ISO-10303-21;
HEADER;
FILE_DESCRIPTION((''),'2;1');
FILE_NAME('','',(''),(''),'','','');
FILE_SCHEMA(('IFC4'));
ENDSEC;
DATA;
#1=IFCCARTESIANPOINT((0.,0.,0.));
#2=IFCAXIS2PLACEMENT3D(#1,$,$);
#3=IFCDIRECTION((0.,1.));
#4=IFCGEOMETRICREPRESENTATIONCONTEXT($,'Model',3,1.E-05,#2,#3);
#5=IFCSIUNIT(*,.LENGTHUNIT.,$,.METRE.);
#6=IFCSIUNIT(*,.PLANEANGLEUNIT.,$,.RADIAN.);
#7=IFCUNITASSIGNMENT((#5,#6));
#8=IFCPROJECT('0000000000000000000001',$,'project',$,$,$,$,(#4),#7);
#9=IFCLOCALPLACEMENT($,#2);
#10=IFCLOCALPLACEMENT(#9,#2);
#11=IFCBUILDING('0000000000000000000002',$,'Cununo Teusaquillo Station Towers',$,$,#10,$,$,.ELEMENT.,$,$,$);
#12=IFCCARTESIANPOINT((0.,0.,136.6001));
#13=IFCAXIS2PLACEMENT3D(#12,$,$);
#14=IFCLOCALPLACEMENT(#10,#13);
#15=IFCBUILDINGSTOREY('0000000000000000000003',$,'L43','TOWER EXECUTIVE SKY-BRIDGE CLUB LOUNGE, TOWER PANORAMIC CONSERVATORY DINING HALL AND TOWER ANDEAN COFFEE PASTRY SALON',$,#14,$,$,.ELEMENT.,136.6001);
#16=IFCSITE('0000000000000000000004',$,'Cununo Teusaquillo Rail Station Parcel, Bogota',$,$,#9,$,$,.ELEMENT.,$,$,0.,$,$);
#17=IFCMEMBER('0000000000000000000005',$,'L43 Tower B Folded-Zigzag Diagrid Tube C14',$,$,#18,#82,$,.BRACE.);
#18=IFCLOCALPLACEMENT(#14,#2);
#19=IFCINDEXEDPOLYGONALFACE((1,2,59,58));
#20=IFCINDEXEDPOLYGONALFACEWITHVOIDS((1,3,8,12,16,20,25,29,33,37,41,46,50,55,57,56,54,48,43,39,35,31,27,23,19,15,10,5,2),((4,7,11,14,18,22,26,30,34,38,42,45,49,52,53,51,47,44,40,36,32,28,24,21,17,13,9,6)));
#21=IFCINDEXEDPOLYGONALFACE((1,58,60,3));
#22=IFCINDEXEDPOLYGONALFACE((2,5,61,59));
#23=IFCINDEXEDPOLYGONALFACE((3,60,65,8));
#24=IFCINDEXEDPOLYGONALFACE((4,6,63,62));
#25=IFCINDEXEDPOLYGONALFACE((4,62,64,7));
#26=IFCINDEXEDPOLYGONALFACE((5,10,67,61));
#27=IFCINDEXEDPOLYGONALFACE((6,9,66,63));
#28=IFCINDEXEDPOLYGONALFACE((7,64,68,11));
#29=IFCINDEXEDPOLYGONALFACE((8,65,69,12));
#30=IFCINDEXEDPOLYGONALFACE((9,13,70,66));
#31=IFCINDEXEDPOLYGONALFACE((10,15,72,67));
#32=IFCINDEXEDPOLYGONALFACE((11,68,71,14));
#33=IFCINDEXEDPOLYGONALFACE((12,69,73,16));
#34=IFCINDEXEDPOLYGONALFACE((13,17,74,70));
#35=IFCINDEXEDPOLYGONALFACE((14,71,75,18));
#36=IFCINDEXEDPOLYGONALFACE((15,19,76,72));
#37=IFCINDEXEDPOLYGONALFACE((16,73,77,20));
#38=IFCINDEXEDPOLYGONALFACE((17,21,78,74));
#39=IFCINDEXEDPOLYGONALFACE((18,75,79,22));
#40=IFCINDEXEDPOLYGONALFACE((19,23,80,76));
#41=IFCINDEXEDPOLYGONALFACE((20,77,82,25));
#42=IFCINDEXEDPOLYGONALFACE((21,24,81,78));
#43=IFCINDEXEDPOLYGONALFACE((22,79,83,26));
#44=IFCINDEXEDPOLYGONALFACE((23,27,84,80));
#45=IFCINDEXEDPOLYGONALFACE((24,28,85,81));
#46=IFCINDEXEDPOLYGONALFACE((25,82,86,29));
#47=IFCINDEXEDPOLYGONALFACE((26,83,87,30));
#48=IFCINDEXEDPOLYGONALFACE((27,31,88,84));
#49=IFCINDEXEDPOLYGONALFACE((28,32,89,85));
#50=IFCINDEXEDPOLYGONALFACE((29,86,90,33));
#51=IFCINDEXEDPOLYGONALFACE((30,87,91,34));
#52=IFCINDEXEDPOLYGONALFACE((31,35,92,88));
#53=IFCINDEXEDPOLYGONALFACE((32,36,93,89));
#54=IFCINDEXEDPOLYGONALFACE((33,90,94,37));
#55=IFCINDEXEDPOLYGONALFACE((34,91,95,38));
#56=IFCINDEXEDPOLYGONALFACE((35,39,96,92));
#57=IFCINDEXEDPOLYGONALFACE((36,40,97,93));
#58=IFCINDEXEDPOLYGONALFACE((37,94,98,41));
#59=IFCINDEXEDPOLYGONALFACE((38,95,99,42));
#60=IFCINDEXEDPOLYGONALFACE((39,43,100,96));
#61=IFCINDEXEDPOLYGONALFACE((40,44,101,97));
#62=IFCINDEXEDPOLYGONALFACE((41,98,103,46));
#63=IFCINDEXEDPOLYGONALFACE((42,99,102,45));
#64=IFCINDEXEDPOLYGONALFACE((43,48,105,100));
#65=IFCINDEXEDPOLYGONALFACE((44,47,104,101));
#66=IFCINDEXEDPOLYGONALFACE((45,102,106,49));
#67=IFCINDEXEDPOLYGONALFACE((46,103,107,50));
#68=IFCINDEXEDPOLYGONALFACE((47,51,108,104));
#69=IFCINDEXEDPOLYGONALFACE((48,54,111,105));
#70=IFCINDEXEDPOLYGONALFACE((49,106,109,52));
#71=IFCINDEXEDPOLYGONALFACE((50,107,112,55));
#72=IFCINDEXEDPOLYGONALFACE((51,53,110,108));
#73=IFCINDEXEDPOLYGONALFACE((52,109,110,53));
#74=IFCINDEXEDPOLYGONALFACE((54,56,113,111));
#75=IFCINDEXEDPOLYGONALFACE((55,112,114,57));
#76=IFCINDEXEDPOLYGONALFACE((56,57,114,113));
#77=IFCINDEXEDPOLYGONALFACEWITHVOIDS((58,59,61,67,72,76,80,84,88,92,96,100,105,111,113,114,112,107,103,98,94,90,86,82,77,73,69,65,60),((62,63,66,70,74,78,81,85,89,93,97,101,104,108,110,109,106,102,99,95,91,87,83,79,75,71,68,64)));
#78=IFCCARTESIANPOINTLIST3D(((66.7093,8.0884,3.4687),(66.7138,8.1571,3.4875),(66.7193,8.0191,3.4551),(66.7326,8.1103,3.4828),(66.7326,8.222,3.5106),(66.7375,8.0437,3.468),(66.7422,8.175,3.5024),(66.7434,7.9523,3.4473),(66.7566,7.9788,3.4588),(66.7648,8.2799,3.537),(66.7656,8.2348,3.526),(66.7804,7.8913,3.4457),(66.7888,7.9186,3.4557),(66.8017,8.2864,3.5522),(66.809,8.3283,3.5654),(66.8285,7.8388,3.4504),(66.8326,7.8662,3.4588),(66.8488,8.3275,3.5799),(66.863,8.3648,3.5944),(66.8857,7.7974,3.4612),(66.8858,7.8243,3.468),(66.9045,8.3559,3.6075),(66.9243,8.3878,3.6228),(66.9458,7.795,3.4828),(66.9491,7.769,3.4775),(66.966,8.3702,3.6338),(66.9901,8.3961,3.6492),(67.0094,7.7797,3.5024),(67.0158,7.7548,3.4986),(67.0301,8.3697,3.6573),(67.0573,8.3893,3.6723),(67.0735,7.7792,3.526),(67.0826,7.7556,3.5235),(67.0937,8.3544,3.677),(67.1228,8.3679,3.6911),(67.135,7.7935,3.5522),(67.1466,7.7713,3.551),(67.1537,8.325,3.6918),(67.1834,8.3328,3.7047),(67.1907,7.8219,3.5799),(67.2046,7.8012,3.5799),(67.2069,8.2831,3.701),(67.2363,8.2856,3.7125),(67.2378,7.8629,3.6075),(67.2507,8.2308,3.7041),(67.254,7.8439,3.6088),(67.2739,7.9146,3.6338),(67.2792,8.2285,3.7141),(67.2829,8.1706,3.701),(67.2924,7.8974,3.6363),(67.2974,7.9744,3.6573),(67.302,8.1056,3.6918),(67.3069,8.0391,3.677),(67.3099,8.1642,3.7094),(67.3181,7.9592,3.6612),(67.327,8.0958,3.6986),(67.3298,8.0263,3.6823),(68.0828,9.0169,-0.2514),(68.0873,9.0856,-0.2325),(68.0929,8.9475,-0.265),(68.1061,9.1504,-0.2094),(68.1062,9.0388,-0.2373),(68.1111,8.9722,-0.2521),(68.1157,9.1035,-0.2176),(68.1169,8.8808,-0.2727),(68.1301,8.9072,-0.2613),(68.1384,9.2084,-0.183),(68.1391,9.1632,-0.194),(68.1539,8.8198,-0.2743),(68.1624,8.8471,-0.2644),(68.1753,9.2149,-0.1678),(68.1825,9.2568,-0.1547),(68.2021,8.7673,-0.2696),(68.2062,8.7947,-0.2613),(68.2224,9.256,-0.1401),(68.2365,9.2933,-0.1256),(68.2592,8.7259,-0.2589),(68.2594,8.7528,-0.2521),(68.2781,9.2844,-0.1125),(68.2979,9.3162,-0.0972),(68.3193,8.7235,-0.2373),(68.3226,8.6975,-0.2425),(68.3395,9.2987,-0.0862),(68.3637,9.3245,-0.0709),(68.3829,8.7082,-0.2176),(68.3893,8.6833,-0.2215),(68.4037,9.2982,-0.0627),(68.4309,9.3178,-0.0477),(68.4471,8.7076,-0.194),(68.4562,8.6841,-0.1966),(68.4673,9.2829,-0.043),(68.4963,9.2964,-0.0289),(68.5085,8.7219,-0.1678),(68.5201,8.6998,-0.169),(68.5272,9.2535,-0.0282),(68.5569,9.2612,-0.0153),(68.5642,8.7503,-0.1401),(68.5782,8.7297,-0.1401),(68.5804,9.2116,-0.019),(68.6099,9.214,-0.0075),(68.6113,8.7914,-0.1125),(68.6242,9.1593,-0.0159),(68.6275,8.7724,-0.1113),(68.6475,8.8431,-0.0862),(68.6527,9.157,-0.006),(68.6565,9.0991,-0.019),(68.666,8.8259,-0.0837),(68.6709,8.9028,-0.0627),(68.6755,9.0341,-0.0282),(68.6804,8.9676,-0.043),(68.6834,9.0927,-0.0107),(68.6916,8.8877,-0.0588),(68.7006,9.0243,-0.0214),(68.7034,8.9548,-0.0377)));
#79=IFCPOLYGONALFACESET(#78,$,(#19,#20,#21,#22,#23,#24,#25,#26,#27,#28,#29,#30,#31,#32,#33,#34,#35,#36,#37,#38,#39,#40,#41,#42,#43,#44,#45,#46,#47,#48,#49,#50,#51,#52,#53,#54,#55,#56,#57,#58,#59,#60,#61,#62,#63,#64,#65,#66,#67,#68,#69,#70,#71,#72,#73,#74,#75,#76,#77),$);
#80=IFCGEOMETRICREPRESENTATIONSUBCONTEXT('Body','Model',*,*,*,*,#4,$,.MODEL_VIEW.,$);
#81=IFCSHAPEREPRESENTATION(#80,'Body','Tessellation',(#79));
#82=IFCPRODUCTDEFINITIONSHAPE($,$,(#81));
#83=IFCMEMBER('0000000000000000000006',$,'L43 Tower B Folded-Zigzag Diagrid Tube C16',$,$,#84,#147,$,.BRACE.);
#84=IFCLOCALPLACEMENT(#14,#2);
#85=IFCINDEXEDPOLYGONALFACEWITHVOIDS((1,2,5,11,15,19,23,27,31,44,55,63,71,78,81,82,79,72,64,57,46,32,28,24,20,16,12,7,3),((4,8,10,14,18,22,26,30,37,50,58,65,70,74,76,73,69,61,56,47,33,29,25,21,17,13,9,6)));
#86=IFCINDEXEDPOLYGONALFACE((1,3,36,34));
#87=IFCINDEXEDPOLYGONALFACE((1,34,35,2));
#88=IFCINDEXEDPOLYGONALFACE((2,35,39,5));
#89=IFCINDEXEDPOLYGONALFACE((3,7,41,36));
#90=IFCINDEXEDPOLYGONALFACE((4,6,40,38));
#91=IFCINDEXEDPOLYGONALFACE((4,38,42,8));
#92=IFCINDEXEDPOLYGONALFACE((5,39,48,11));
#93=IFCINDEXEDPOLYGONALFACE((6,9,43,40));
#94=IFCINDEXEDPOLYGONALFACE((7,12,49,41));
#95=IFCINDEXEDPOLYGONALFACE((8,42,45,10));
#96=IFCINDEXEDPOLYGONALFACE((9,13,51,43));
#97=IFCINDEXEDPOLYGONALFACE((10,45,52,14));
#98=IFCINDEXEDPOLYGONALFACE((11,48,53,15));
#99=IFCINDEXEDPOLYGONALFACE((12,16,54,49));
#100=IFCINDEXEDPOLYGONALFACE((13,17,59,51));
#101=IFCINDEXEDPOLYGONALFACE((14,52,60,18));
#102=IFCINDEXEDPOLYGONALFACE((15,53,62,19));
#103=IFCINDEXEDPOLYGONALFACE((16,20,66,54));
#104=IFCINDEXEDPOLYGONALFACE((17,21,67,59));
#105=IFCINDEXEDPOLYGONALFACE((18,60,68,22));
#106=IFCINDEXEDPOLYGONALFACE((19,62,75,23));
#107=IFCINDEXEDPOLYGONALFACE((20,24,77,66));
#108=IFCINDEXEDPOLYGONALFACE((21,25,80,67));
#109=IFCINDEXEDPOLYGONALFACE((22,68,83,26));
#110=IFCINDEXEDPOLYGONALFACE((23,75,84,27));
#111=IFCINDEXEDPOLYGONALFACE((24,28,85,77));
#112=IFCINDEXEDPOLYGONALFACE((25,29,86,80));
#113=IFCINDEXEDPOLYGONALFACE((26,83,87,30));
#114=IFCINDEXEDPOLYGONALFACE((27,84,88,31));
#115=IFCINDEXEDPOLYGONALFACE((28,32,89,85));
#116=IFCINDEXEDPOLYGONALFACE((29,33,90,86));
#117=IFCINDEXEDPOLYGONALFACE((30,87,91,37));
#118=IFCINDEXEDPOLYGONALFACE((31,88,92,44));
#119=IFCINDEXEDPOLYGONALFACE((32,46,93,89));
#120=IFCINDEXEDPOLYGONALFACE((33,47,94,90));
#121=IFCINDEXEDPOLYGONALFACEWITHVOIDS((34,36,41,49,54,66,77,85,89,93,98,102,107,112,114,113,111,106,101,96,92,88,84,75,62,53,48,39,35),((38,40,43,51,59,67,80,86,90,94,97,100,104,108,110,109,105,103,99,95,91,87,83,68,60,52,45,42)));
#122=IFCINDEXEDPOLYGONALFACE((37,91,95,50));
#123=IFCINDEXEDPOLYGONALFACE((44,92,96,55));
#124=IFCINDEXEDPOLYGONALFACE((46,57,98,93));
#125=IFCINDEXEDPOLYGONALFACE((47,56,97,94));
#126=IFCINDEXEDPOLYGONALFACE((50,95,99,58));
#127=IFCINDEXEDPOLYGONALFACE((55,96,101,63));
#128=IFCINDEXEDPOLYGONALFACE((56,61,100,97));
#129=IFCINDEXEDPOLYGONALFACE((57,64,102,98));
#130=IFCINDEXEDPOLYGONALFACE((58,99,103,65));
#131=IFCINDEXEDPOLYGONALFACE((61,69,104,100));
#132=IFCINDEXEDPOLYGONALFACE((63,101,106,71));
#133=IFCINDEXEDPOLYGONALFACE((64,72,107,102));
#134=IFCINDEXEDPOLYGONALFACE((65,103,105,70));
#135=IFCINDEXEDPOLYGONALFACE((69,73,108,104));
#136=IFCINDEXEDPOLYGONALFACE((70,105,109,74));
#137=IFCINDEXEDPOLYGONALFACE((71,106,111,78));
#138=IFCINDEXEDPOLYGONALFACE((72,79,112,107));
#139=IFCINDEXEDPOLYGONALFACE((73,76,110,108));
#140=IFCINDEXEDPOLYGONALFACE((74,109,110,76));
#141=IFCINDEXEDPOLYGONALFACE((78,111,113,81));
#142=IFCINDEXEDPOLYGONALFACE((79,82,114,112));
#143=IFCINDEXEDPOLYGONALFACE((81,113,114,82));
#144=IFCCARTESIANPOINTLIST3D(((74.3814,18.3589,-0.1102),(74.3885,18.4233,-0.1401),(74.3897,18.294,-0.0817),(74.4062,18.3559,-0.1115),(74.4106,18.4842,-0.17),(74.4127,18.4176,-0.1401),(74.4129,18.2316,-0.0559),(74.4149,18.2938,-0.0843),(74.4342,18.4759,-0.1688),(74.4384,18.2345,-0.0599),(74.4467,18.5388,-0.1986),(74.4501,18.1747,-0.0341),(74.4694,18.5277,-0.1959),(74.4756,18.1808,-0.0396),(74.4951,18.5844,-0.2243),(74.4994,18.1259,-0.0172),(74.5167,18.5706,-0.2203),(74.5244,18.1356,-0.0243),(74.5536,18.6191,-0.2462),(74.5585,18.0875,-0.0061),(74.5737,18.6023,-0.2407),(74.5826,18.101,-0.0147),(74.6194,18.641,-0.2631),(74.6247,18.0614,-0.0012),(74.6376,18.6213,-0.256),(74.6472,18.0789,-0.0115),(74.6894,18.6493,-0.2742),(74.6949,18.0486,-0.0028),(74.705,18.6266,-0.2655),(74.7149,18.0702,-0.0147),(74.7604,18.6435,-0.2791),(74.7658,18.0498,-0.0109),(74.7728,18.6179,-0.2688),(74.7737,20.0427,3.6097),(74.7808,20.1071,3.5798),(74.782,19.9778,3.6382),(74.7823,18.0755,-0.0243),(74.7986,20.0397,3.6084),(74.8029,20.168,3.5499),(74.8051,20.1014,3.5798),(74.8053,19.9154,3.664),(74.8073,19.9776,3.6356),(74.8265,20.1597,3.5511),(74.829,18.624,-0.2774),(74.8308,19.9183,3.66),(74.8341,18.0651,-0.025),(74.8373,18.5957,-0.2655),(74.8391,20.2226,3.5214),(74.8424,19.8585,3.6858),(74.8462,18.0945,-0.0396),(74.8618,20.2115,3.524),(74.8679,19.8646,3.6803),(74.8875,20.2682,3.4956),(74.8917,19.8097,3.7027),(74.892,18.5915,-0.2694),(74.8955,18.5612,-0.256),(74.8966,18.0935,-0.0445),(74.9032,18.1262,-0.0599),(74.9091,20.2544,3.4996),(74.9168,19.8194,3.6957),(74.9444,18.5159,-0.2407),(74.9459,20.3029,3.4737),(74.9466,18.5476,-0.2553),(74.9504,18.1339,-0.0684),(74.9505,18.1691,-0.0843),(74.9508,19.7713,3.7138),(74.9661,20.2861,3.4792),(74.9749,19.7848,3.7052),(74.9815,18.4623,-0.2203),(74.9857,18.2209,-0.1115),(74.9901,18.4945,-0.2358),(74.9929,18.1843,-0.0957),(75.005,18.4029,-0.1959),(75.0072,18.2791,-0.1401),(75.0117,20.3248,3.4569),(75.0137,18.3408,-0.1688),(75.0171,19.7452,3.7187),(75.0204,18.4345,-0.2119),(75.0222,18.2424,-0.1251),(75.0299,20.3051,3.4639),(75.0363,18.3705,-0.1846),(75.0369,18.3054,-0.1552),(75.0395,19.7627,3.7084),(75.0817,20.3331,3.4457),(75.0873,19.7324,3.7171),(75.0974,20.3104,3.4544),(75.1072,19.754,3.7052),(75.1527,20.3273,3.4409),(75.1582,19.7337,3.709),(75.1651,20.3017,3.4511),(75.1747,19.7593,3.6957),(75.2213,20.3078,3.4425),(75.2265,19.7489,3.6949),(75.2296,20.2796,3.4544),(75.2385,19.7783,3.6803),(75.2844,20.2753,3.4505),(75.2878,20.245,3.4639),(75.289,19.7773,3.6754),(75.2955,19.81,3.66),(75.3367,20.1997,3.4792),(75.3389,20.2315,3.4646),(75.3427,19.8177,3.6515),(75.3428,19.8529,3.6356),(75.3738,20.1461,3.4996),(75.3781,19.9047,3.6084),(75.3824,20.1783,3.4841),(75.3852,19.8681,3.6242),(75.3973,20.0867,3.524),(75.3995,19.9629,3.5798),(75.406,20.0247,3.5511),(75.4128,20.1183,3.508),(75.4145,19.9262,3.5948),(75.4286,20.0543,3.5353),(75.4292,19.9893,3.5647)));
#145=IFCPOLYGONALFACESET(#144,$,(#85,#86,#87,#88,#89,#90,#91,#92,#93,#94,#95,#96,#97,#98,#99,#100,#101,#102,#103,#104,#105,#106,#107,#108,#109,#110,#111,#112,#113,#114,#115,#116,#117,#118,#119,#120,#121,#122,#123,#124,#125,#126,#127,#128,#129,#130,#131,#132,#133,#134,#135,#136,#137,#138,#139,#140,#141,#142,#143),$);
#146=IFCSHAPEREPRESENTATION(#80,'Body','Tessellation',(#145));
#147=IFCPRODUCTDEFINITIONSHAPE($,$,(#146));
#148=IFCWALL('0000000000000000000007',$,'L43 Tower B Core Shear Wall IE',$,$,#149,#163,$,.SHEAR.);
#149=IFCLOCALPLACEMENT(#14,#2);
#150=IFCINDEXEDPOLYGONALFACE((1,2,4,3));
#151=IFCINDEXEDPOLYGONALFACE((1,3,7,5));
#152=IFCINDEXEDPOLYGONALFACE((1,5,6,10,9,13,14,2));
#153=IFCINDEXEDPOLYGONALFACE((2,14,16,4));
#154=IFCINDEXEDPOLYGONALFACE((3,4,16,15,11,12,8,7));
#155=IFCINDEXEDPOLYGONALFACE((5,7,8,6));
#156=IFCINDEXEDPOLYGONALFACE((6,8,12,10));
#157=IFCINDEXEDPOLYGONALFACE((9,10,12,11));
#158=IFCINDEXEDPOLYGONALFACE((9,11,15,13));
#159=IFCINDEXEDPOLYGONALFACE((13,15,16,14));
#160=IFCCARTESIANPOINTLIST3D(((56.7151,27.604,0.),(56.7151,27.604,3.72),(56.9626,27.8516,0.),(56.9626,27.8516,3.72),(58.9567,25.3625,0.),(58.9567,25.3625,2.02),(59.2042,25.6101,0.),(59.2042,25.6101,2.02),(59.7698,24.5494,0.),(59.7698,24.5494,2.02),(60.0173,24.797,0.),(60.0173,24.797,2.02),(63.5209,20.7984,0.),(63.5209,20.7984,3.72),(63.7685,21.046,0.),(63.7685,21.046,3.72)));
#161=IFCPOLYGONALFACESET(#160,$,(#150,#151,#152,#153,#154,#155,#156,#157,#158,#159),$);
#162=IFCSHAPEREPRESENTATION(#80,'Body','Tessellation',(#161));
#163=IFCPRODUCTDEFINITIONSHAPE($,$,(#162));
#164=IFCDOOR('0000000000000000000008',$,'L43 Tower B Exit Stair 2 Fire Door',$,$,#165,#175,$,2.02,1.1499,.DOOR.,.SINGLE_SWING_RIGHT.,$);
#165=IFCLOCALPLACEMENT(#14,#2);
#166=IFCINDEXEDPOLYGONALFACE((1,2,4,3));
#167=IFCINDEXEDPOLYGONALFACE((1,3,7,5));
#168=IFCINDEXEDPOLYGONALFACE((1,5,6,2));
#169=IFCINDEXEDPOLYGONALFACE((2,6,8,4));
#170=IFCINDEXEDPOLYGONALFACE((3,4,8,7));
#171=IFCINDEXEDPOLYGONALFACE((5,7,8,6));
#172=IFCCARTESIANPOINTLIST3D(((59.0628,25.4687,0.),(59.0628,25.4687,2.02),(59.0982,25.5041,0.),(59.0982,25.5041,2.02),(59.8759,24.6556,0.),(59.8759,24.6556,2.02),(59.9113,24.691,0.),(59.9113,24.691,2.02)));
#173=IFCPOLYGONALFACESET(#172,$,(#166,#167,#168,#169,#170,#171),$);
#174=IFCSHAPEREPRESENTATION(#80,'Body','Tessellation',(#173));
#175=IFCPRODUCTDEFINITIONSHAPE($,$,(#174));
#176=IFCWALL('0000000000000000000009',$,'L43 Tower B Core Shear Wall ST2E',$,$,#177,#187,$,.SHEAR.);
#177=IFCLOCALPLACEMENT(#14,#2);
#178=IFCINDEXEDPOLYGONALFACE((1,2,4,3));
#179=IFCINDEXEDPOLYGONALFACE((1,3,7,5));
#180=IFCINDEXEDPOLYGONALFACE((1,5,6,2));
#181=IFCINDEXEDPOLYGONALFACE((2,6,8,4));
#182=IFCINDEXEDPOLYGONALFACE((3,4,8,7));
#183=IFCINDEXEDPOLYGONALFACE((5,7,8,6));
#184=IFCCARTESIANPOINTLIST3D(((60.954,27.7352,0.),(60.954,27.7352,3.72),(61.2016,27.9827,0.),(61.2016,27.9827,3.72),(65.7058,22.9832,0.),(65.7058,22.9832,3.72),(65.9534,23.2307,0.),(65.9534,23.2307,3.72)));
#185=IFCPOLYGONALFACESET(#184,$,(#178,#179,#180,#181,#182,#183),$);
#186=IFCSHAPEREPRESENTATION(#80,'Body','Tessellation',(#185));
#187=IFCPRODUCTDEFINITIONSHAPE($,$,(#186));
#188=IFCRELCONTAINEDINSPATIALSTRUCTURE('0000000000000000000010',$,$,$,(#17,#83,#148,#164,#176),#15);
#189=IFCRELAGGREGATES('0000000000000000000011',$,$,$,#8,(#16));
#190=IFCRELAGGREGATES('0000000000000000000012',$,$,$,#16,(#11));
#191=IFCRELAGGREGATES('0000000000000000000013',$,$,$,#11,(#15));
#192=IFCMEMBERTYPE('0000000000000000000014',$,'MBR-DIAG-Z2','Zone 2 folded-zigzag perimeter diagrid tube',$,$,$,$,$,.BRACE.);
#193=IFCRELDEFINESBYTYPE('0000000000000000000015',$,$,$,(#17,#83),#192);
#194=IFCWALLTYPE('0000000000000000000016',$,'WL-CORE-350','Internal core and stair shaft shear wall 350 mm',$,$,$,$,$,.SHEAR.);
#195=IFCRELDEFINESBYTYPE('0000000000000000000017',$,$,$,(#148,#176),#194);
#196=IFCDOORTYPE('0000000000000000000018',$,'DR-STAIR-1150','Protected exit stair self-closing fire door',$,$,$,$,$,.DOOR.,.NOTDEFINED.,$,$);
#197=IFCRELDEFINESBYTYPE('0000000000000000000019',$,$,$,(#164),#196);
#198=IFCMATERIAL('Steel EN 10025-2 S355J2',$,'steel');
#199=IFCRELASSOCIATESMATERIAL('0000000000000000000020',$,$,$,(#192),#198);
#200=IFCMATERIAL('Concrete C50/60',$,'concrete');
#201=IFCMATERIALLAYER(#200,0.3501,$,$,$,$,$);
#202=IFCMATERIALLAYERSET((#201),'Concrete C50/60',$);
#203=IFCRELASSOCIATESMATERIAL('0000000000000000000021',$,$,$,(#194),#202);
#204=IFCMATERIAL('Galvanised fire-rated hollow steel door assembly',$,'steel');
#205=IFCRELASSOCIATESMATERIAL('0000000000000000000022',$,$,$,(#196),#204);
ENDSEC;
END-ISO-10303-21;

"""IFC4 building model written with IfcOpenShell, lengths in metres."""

from ifc_helpers import new_model, si_unit, direction, frame, frame_2d, origin, origin_2d, place, context, subcontext, project, spatial, rectangle, hollow_circle, extrude, source, transform, mapped, material, layer, layer_set, material_profile, profile_set, type_object, element, fill, save


model = new_model("IFC4")

# Units and contexts
model_context = context("Model", 3, precision=1e-05, world=origin(), true_north=direction((0.0, 1.0)))
body_context = subcontext(model_context, "Body", "Model", "MODEL_VIEW")
ifc_project = project(units=[si_unit("LENGTHUNIT", "METRE"), si_unit("PLANEANGLEUNIT", "RADIAN")], contexts=[model_context])

# Site, building, storey
site_placement = place(None, origin())
site = spatial("IfcSite", under=ifc_project, at=site_placement, Name="Cununo Teusaquillo Rail Station Parcel, Bogota", CompositionType="ELEMENT", RefElevation=0.0)
building_placement = place(site_placement, origin())
building = spatial("IfcBuilding", under=site, at=building_placement, Name="Cununo Teusaquillo Station Towers", CompositionType="ELEMENT")
storey_placement = place(building_placement, frame((0.0, 0.0, 136.6001)))
storey = spatial("IfcBuildingStorey", under=building, at=storey_placement, Name="L43", Description="TOWER EXECUTIVE SKY-BRIDGE CLUB LOUNGE, TOWER PANORAMIC CONSERVATORY DINING HALL AND TOWER ANDEAN COFFEE PASTRY SALON", CompositionType="ELEMENT", Elevation=136.6001)

# Members
ifc_material_1 = material(Name="Steel EN 10025-2 S355J2", Category="steel")
ifc_material_profile_1 = material_profile(ifc_material_1, hollow_circle(Radius=0.3301, WallThickness=0.0249, at=origin_2d()), Name="CHS 660x25")
ifc_profile_set_1 = profile_set([ifc_material_profile_1], Name="Steel EN 10025-2 S355J2")
member_type = type_object("IfcMemberType", Name="MBR-DIAG-Z2", Description="Zone 2 folded-zigzag perimeter diagrid tube", PredefinedType="BRACE", material=ifc_profile_set_1)
member_1_placement = place(storey_placement, frame((68.3933, 9.0032, -0.1401), z_axis=(-0.337255, -0.227974, 0.913393), x_axis=(0.560024, -0.828476, 0.0)))
element("IfcMember", 1, at=member_1_placement, inside=storey, type_object=member_type, Name="L43 Tower B Folded-Zigzag Diagrid Tube C14", PredefinedType="BRACE", context=body_context, shape_type="SweptSolid", body=[
    extrude(hollow_circle(Radius=0.3301, WallThickness=0.0249, at=origin_2d()), origin(), (0.0, 0.0, 1.0), 4.0728),
])
member_2_placement = place(storey_placement, frame((74.71, 18.3484, -0.1401), z_axis=(0.095642, 0.41048, 0.90684), x_axis=(-0.973913, 0.226922, 0.0)))
element("IfcMember", 2, at=member_2_placement, inside=storey, type_object=member_type, Name="L43 Tower B Folded-Zigzag Diagrid Tube C16", PredefinedType="BRACE", context=body_context, shape_type="SweptSolid", body=[
    extrude(hollow_circle(Radius=0.3301, WallThickness=0.0249, at=origin_2d()), origin(), (0.0, 0.0, 1.0), 4.1021),
])

# Wall, opening, door
ifc_material_2 = material(Name="Concrete C50/60", Category="concrete")
ifc_layer_1 = layer(ifc_material_2, 0.3501)
ifc_layer_set_1 = layer_set([ifc_layer_1], Name="Concrete C50/60")
wall_type_1 = type_object("IfcWallType", Name="WL-CORE-350", Description="Internal core and stair shaft shear wall 350 mm", PredefinedType="SHEAR", material=ifc_layer_set_1)
wall_1_placement = place(storey_placement, frame((63.6448, 20.9221, 0.0), z_axis=(0.0, 0.0, 1.0), x_axis=(-0.707119, 0.707094, 0.0)))
wall_1 = element("IfcWall", 3, at=wall_1_placement, inside=storey, type_object=wall_type_1, Name="L43 Tower B Core Shear Wall IE", PredefinedType="SHEAR", context=body_context, shape_type="SweptSolid", body=[
    extrude(rectangle(XDim=9.6248, YDim=0.3501, at=frame_2d((4.8125, 0.0))), origin(), (0.0, 0.0, 1.0), 3.72),
])
shared_shape_1 = source(origin(), body_context, "Body", "SweptSolid", [
    extrude(rectangle(XDim=1.1499, YDim=2.02, at=frame_2d((0.575, 1.01))), frame((0.0, 0.1851, 0.0), z_axis=(0.0, -1.0, 0.0), x_axis=(1.0, 0.0, 0.0)), (0.0, 0.0, 1.0), 0.3701),
])
opening_1_placement = place(wall_1_placement, frame((5.3049, 0.0, 0.0)))
opening_1 = element("IfcOpeningElement", 4, at=opening_1_placement, cuts=wall_1, PredefinedType="OPENING", context=body_context, shape_type="MappedRepresentation", body=[
    mapped(shared_shape_1, transform((0.0, 0.0, 0.0), x_axis=(1.0, 0.0, 0.0), y_axis=(0.0, 1.0, 0.0), z_axis=(0.0, 0.0, 1.0), scale=1.0)),
])
ifc_material_3 = material(Name="Galvanised fire-rated hollow steel door assembly", Category="steel")
door_type_1 = type_object("IfcDoorType", Name="DR-STAIR-1150", Description="Protected exit stair self-closing fire door", OperationType="NOTDEFINED", PredefinedType="DOOR", material=ifc_material_3)
shared_shape_2 = source(origin(), body_context, "Body", "SweptSolid", [
    extrude(rectangle(XDim=1.1499, YDim=2.02, at=frame_2d((0.575, 1.01))), frame((0.0, 0.0249, 0.0), z_axis=(0.0, -1.0, 0.0), x_axis=(1.0, 0.0, 0.0)), (0.0, 0.0, 1.0), 0.05),
])
door_1_placement = place(opening_1_placement, origin())
door_1 = element("IfcDoor", 5, at=door_1_placement, inside=storey, type_object=door_type_1, Name="L43 Tower B Exit Stair 2 Fire Door", OperationType="SINGLE_SWING_RIGHT", OverallHeight=2.02, OverallWidth=1.1499, PredefinedType="DOOR", context=body_context, shape_type="MappedRepresentation", body=[
    mapped(shared_shape_2, transform((0.0, 0.0, 0.0), x_axis=(1.0, 0.0, 0.0), y_axis=(0.0, 1.0, 0.0), z_axis=(0.0, 0.0, 1.0), scale=1.0)),
])
fill(opening_1, door_1)

# Wall
wall_2_placement = place(storey_placement, frame((65.8296, 23.1069, 0.0), z_axis=(0.0, 0.0, 1.0), x_axis=(-0.707089, 0.707125, 0.0)))
element("IfcWall", 6, at=wall_2_placement, inside=storey, type_object=wall_type_1, Name="L43 Tower B Core Shear Wall ST2E", PredefinedType="SHEAR", context=body_context, shape_type="SweptSolid", body=[
    extrude(rectangle(XDim=6.7202, YDim=0.3501, at=frame_2d((3.3601, 0.0))), origin(), (0.0, 0.0, 1.0), 3.72),
])

save(model, "model.ifc")
